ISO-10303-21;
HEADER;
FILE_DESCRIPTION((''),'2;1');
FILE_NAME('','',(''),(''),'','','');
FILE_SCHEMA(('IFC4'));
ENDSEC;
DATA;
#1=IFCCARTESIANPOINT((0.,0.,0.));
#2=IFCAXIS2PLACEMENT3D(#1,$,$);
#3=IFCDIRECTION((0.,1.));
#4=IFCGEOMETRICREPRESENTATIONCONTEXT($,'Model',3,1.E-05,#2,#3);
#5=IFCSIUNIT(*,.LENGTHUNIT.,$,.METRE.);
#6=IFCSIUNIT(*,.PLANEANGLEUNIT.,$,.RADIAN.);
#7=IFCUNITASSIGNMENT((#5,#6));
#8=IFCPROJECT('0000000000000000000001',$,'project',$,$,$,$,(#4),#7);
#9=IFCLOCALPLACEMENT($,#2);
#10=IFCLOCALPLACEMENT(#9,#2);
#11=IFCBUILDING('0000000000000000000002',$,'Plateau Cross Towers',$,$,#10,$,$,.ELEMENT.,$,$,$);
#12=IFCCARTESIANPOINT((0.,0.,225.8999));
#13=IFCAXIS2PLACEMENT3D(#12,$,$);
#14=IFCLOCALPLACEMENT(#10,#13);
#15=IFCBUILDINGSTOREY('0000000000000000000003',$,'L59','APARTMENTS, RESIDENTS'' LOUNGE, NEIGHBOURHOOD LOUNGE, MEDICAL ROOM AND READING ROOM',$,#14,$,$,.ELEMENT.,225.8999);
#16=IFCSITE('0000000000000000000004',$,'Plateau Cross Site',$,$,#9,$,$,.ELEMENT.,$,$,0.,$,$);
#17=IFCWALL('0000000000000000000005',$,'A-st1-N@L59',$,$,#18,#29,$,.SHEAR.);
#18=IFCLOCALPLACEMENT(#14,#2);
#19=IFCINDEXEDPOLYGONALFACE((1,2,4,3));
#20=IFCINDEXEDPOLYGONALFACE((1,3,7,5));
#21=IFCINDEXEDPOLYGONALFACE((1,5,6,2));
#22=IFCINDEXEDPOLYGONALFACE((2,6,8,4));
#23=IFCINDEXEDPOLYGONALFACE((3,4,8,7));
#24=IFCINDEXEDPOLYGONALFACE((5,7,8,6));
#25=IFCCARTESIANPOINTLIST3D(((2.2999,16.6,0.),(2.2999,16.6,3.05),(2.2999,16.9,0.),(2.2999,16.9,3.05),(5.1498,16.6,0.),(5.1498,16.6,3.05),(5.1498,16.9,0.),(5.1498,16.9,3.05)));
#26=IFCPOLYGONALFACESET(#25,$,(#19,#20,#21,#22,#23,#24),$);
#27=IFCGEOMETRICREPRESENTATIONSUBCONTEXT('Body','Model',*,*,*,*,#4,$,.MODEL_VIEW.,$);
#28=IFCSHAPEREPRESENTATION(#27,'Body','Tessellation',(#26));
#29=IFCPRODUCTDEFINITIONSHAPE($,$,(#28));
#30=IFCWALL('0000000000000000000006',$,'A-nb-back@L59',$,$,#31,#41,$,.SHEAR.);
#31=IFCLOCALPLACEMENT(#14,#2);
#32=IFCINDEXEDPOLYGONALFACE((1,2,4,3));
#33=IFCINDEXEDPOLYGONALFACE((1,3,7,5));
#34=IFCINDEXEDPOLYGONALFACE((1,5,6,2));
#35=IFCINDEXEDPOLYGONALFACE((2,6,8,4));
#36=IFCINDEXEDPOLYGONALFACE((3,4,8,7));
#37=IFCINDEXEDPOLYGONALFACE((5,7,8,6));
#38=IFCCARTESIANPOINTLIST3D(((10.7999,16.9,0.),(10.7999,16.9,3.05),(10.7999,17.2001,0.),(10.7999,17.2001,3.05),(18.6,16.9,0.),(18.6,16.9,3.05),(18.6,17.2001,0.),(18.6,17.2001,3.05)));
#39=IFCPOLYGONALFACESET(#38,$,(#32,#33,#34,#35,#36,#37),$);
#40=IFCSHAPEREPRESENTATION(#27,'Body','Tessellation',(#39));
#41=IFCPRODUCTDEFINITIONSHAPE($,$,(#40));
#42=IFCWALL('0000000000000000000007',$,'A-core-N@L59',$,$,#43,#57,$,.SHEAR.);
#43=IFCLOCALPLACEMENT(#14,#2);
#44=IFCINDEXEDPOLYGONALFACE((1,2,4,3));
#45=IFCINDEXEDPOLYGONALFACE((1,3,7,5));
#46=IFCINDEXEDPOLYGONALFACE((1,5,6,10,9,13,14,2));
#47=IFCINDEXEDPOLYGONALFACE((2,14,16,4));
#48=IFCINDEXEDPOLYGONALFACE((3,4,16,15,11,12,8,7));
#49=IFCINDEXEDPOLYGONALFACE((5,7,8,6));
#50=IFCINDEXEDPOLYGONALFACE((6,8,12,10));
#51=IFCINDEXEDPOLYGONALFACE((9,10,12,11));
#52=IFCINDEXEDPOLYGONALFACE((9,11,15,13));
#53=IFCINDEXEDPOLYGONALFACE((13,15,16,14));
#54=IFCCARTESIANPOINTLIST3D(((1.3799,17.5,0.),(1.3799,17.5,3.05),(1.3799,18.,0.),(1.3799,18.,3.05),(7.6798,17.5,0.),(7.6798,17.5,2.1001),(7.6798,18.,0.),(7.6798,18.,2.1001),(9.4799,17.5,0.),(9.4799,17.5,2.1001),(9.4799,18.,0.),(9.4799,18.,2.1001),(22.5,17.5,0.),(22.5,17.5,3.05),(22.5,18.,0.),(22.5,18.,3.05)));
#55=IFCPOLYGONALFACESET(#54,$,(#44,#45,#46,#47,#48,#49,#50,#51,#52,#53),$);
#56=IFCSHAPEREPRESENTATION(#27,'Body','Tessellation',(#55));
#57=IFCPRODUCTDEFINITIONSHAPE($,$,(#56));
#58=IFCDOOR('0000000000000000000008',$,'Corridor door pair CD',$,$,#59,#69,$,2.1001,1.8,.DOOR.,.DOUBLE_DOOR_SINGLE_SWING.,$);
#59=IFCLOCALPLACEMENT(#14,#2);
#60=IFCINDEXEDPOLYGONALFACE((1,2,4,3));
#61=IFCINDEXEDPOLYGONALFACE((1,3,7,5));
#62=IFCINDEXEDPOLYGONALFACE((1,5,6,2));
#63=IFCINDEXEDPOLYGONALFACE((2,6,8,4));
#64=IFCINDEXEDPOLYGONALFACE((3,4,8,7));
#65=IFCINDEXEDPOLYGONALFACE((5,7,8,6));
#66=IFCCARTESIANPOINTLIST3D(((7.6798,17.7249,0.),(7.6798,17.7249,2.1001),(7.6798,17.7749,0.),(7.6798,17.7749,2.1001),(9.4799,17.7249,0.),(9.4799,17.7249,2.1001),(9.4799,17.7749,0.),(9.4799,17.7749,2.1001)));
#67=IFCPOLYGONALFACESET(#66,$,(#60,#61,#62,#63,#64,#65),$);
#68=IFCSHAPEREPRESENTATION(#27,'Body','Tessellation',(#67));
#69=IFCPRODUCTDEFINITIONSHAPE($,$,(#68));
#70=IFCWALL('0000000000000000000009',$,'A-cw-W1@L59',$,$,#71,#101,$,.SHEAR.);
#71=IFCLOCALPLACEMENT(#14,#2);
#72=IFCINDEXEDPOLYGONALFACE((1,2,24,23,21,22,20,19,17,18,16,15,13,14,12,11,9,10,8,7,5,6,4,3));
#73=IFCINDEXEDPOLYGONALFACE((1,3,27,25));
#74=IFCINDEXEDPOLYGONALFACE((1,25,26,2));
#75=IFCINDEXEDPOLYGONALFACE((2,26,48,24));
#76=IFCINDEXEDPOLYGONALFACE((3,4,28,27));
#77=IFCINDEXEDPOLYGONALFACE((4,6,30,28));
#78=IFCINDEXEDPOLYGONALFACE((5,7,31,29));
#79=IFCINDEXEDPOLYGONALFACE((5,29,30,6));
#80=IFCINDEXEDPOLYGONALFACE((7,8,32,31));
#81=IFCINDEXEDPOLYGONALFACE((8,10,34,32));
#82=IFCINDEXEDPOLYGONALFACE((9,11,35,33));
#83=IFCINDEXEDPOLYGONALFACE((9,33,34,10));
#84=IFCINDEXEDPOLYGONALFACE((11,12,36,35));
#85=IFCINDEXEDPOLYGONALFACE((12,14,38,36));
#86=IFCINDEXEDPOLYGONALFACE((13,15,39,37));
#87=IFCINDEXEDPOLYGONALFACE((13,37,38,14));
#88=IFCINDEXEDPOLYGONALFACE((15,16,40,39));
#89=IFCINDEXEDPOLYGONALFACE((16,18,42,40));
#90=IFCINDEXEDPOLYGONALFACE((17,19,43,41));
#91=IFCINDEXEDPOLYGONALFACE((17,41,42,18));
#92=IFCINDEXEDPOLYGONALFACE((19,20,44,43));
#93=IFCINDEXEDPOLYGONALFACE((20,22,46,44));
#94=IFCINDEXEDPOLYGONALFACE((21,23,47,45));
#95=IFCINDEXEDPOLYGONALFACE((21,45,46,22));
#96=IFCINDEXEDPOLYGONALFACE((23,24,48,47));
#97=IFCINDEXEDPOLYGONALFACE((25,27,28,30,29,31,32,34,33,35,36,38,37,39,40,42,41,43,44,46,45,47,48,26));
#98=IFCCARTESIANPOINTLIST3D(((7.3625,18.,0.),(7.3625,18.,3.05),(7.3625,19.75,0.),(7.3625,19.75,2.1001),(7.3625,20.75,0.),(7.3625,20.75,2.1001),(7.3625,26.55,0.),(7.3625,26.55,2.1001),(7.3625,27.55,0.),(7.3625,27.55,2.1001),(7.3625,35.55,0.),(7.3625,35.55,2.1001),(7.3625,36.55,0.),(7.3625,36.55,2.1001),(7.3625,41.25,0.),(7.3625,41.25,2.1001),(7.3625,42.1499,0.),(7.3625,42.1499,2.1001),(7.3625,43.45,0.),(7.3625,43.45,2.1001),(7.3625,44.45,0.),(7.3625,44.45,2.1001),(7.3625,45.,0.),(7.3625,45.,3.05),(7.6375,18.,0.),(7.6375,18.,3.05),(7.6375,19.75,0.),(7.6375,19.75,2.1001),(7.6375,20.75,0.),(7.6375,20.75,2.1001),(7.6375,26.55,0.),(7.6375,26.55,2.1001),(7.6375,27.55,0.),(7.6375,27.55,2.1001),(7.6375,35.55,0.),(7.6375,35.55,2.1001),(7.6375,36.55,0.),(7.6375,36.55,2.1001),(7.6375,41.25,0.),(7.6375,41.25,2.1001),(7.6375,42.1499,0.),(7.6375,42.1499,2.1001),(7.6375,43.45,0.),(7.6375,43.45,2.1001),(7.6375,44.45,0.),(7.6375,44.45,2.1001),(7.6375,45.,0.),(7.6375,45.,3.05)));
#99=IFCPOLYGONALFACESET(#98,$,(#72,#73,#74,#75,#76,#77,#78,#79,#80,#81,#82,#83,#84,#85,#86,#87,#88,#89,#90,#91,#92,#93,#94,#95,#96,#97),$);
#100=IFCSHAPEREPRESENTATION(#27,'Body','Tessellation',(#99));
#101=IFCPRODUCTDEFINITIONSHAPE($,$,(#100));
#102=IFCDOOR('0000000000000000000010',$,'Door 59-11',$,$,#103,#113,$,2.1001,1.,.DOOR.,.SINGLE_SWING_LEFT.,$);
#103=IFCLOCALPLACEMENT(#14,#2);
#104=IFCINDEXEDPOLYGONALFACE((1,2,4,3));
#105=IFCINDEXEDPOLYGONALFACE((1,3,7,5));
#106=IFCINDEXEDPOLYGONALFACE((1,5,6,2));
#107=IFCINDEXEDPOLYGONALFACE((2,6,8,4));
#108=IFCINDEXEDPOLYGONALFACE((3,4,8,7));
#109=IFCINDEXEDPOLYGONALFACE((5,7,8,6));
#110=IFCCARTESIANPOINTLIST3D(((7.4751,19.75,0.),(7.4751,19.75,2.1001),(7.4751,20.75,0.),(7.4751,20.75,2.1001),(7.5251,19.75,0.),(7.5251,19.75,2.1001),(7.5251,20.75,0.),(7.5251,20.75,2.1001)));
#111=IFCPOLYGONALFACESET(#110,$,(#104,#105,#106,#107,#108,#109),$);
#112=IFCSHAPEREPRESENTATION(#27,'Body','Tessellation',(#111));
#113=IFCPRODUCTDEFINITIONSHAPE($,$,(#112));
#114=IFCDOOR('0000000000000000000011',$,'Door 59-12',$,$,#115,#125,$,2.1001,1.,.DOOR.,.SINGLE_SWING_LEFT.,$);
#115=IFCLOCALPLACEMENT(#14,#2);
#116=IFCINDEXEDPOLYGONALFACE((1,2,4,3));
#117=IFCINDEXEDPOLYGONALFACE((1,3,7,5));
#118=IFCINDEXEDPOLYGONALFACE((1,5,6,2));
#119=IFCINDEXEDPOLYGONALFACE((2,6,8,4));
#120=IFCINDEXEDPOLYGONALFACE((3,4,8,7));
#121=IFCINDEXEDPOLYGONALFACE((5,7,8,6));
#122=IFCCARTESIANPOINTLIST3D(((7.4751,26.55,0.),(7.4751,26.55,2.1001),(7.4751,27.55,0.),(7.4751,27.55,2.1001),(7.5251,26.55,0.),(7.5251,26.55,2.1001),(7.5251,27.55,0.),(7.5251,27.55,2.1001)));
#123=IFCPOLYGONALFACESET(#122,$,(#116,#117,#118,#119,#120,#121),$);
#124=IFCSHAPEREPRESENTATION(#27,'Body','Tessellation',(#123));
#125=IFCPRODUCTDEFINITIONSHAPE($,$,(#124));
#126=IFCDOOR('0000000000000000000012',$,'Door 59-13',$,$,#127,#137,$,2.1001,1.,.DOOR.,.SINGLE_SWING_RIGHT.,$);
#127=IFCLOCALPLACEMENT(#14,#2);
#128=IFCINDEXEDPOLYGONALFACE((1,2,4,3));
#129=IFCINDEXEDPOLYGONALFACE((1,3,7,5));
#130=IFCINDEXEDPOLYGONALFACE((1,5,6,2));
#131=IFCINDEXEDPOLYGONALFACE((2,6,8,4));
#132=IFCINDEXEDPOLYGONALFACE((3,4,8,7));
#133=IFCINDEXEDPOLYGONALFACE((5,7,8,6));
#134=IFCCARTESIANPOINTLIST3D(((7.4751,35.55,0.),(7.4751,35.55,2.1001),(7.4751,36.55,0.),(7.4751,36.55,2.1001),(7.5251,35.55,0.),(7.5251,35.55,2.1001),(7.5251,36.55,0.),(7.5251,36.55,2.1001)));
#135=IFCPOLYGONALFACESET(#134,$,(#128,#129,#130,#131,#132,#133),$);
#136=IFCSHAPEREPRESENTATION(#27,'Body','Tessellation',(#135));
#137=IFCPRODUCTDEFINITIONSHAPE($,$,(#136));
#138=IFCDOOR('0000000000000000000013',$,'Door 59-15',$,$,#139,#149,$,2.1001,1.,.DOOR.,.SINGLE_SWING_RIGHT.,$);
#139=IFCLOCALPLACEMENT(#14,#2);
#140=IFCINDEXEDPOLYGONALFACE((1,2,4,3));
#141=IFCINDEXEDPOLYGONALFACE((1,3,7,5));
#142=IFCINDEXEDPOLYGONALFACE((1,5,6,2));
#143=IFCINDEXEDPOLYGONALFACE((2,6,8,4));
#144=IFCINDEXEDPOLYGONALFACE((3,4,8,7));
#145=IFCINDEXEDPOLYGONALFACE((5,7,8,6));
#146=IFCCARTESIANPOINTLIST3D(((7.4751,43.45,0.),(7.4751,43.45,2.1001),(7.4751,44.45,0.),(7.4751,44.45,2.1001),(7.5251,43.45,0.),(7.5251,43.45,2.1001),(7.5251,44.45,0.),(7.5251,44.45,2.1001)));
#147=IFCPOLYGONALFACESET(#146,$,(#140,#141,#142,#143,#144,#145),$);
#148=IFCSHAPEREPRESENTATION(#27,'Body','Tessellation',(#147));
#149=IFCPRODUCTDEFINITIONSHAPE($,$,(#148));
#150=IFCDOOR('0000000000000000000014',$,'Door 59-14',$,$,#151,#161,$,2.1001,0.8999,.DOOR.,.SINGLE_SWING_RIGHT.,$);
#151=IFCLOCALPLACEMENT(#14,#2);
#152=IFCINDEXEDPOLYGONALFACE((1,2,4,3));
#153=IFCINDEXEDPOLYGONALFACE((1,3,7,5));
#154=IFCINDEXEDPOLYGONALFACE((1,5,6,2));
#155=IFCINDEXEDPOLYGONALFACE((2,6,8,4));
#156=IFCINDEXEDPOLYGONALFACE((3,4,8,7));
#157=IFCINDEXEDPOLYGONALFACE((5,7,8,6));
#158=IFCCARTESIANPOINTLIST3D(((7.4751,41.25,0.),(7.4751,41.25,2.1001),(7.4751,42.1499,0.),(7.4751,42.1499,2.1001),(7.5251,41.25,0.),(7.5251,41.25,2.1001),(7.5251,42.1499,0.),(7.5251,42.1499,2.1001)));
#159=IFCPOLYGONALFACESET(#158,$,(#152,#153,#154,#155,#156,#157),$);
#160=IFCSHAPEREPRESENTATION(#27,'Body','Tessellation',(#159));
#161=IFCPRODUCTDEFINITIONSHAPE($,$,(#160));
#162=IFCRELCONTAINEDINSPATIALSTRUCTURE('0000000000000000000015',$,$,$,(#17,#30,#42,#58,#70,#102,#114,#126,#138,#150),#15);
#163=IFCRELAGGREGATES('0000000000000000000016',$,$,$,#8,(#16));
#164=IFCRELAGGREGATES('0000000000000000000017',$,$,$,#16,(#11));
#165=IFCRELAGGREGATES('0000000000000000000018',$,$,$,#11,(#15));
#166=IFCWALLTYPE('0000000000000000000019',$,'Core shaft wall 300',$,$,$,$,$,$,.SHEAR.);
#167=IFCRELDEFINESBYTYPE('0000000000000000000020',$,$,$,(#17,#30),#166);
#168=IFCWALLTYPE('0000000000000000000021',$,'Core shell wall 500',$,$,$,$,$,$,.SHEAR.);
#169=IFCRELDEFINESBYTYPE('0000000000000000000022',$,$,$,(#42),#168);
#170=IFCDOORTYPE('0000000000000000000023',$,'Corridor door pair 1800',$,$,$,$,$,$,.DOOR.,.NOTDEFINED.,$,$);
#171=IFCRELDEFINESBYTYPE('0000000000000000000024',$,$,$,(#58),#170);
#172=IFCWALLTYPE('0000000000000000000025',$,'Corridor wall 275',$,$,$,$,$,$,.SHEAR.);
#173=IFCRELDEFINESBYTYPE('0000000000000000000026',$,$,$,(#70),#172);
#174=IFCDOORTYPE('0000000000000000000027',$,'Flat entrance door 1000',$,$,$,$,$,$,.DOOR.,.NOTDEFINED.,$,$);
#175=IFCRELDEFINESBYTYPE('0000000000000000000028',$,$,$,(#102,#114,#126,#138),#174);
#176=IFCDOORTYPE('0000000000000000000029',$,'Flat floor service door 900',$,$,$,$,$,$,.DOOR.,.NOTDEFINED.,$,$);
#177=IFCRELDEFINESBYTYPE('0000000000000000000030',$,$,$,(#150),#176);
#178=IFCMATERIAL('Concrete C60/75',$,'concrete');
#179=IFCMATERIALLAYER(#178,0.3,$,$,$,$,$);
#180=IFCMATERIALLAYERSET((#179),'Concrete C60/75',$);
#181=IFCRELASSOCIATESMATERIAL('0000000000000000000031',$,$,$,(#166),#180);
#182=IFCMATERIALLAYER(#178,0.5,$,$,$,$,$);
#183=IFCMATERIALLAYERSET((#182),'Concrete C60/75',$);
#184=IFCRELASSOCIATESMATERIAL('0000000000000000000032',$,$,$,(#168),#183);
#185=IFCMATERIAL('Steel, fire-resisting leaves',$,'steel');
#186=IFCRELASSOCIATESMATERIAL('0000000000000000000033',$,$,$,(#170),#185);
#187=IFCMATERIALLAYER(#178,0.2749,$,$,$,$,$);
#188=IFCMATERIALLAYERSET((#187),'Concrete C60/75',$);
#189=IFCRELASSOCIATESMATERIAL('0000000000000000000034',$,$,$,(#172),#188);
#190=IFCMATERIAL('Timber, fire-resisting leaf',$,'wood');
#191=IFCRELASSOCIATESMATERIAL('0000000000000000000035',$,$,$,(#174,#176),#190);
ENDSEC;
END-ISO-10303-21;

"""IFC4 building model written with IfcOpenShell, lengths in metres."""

from ifc_helpers import new_model, si_unit, direction, frame, frame_2d, origin, place, context, subcontext, project, spatial, rectangle, extrude, material, layer, layer_set, type_object, element, fill, save


model = new_model("IFC4")

# Units and contexts
model_context = context("Model", 3, precision=1e-05, world=origin(), true_north=direction((0.0, 1.0)))
body_context = subcontext(model_context, "Body", "Model", "MODEL_VIEW")
ifc_project = project(units=[si_unit("LENGTHUNIT", "METRE"), si_unit("PLANEANGLEUNIT", "RADIAN")], contexts=[model_context])

# Site, building, storey
site_placement = place(None, origin())
site = spatial("IfcSite", under=ifc_project, at=site_placement, Name="Plateau Cross Site", CompositionType="ELEMENT", RefElevation=0.0)
building_placement = place(site_placement, origin())
building = spatial("IfcBuilding", under=site, at=building_placement, Name="Plateau Cross Towers", CompositionType="ELEMENT")
storey_placement = place(building_placement, frame((0.0, 0.0, 225.8999)))
storey = spatial("IfcBuildingStorey", under=building, at=storey_placement, Name="L59", Description="APARTMENTS, RESIDENTS' LOUNGE, NEIGHBOURHOOD LOUNGE, MEDICAL ROOM AND READING ROOM", CompositionType="ELEMENT", Elevation=225.8999)

# Walls
ifc_material_1 = material(Name="Concrete C60/75", Category="concrete")
ifc_layer_1 = layer(ifc_material_1, 0.3)
ifc_layer_set_1 = layer_set([ifc_layer_1], Name="Concrete C60/75")
wall_type_1 = type_object("IfcWallType", Name="Core shaft wall 300", PredefinedType="SHEAR", material=ifc_layer_set_1)
wall_1_placement = place(storey_placement, frame((2.3, 16.75, 0.0), z_axis=(0.0, 0.0, 1.0), x_axis=(1.0, 0.0, 0.0)))
element("IfcWall", 1, at=wall_1_placement, inside=storey, type_object=wall_type_1, Name="A-st1-N@L59", PredefinedType="SHEAR", context=body_context, shape_type="SweptSolid", body=[
    extrude(rectangle(XDim=2.8499, YDim=0.3, at=frame_2d((1.4248, 0.0))), origin(), (0.0, 0.0, 1.0), 3.05),
])
wall_2_placement = place(storey_placement, frame((10.8, 17.05, 0.0), z_axis=(0.0, 0.0, 1.0), x_axis=(1.0, 0.0, 0.0)))
element("IfcWall", 2, at=wall_2_placement, inside=storey, type_object=wall_type_1, Name="A-nb-back@L59", PredefinedType="SHEAR", context=body_context, shape_type="SweptSolid", body=[
    extrude(rectangle(XDim=7.8, YDim=0.3, at=frame_2d((3.8999, 0.0))), origin(), (0.0, 0.0, 1.0), 3.05),
])

# Wall, opening, door
ifc_layer_2 = layer(ifc_material_1, 0.5)
ifc_layer_set_2 = layer_set([ifc_layer_2], Name="Concrete C60/75")
wall_type_2 = type_object("IfcWallType", Name="Core shell wall 500", PredefinedType="SHEAR", material=ifc_layer_set_2)
wall_3_placement = place(storey_placement, frame((1.3799, 17.75, 0.0), z_axis=(0.0, 0.0, 1.0), x_axis=(1.0, 0.0, 0.0)))
wall_3 = element("IfcWall", 3, at=wall_3_placement, inside=storey, type_object=wall_type_2, Name="A-core-N@L59", PredefinedType="SHEAR", context=body_context, shape_type="SweptSolid", body=[
    extrude(rectangle(XDim=21.1201, YDim=0.5, at=frame_2d((10.5601, 0.0))), origin(), (0.0, 0.0, 1.0), 3.05),
])
opening_1_placement = place(wall_3_placement, frame((6.3, 0.0, 0.0)))
opening_1 = element("IfcOpeningElement", 4, at=opening_1_placement, cuts=wall_3, PredefinedType="OPENING", context=body_context, shape_type="SweptSolid", body=[
    extrude(rectangle(XDim=1.8, YDim=2.1001, at=frame_2d((0.8999, 1.05))), frame((0.0, 0.26, 0.0), z_axis=(0.0, -1.0, 0.0), x_axis=(1.0, 0.0, 0.0)), (0.0, 0.0, 1.0), 0.52),
])
ifc_material_2 = material(Name="Steel, fire-resisting leaves", Category="steel")
door_type_1 = type_object("IfcDoorType", Name="Corridor door pair 1800", OperationType="NOTDEFINED", PredefinedType="DOOR", material=ifc_material_2)
door_1_placement = place(opening_1_placement, origin())
door_1 = element("IfcDoor", 5, at=door_1_placement, inside=storey, type_object=door_type_1, Name="Corridor door pair CD", OperationType="DOUBLE_DOOR_SINGLE_SWING", OverallHeight=2.1001, OverallWidth=1.8, PredefinedType="DOOR", context=body_context, shape_type="SweptSolid", body=[
    extrude(rectangle(XDim=1.8, YDim=2.1001, at=frame_2d((0.8999, 1.05))), frame((0.0, 0.0249, 0.0), z_axis=(0.0, -1.0, 0.0), x_axis=(1.0, 0.0, 0.0)), (0.0, 0.0, 1.0), 0.05),
])
fill(opening_1, door_1)

# Wall, openings, doors
ifc_layer_3 = layer(ifc_material_1, 0.2749)
ifc_layer_set_3 = layer_set([ifc_layer_3], Name="Concrete C60/75")
wall_type_3 = type_object("IfcWallType", Name="Corridor wall 275", PredefinedType="SHEAR", material=ifc_layer_set_3)
wall_4_placement = place(storey_placement, frame((7.5, 18.0, 0.0), z_axis=(0.0, 0.0, 1.0), x_axis=(0.0, 1.0, 0.0)))
wall_4 = element("IfcWall", 6, at=wall_4_placement, inside=storey, type_object=wall_type_3, Name="A-cw-W1@L59", PredefinedType="SHEAR", context=body_context, shape_type="SweptSolid", body=[
    extrude(rectangle(XDim=27.0, YDim=0.2749, at=frame_2d((13.5, 0.0))), origin(), (0.0, 0.0, 1.0), 3.05),
])
opening_2_placement = place(wall_4_placement, frame((1.75, 0.0, 0.0)))
opening_2 = element("IfcOpeningElement", 7, at=opening_2_placement, cuts=wall_4, PredefinedType="OPENING", context=body_context, shape_type="SweptSolid", body=[
    extrude(rectangle(XDim=1.0, YDim=2.1001, at=frame_2d((0.5, 1.05))), frame((0.0, 0.1475, 0.0), z_axis=(0.0, -1.0, 0.0), x_axis=(1.0, 0.0, 0.0)), (0.0, 0.0, 1.0), 0.2949),
])
opening_3_placement = place(wall_4_placement, frame((8.55, 0.0, 0.0)))
opening_3 = element("IfcOpeningElement", 8, at=opening_3_placement, cuts=wall_4, PredefinedType="OPENING", context=body_context, shape_type="SweptSolid", body=[
    extrude(rectangle(XDim=1.0, YDim=2.1001, at=frame_2d((0.5, 1.05))), frame((0.0, 0.1475, 0.0), z_axis=(0.0, -1.0, 0.0), x_axis=(1.0, 0.0, 0.0)), (0.0, 0.0, 1.0), 0.2949),
])
opening_4_placement = place(wall_4_placement, frame((17.55, 0.0, 0.0)))
opening_4 = element("IfcOpeningElement", 9, at=opening_4_placement, cuts=wall_4, PredefinedType="OPENING", context=body_context, shape_type="SweptSolid", body=[
    extrude(rectangle(XDim=1.0, YDim=2.1001, at=frame_2d((0.5, 1.05))), frame((0.0, 0.1475, 0.0), z_axis=(0.0, -1.0, 0.0), x_axis=(1.0, 0.0, 0.0)), (0.0, 0.0, 1.0), 0.2949),
])
opening_5_placement = place(wall_4_placement, frame((23.25, 0.0, 0.0)))
opening_5 = element("IfcOpeningElement", 10, at=opening_5_placement, cuts=wall_4, PredefinedType="OPENING", context=body_context, shape_type="SweptSolid", body=[
    extrude(rectangle(XDim=0.8999, YDim=2.1001, at=frame_2d((0.45, 1.05))), frame((0.0, 0.1475, 0.0), z_axis=(0.0, -1.0, 0.0), x_axis=(1.0, 0.0, 0.0)), (0.0, 0.0, 1.0), 0.2949),
])
opening_6_placement = place(wall_4_placement, frame((25.45, 0.0, 0.0)))
opening_6 = element("IfcOpeningElement", 11, at=opening_6_placement, cuts=wall_4, PredefinedType="OPENING", context=body_context, shape_type="SweptSolid", body=[
    extrude(rectangle(XDim=1.0, YDim=2.1001, at=frame_2d((0.5, 1.05))), frame((0.0, 0.1475, 0.0), z_axis=(0.0, -1.0, 0.0), x_axis=(1.0, 0.0, 0.0)), (0.0, 0.0, 1.0), 0.2949),
])
ifc_material_3 = material(Name="Timber, fire-resisting leaf", Category="wood")
door_type_2 = type_object("IfcDoorType", Name="Flat entrance door 1000", OperationType="NOTDEFINED", PredefinedType="DOOR", material=ifc_material_3)
door_2_placement = place(opening_2_placement, origin())
door_2 = element("IfcDoor", 12, at=door_2_placement, inside=storey, type_object=door_type_2, Name="Door 59-11", OperationType="SINGLE_SWING_LEFT", OverallHeight=2.1001, OverallWidth=1.0, PredefinedType="DOOR", context=body_context, shape_type="SweptSolid", body=[
    extrude(rectangle(XDim=1.0, YDim=2.1001, at=frame_2d((0.5, 1.05))), frame((0.0, 0.0249, 0.0), z_axis=(0.0, -1.0, 0.0), x_axis=(1.0, 0.0, 0.0)), (0.0, 0.0, 1.0), 0.05),
])
fill(opening_2, door_2)
door_3_placement = place(opening_3_placement, origin())
door_3 = element("IfcDoor", 13, at=door_3_placement, inside=storey, type_object=door_type_2, Name="Door 59-12", OperationType="SINGLE_SWING_LEFT", OverallHeight=2.1001, OverallWidth=1.0, PredefinedType="DOOR", context=body_context, shape_type="SweptSolid", body=[
    extrude(rectangle(XDim=1.0, YDim=2.1001, at=frame_2d((0.5, 1.05))), frame((0.0, 0.0249, 0.0), z_axis=(0.0, -1.0, 0.0), x_axis=(1.0, 0.0, 0.0)), (0.0, 0.0, 1.0), 0.05),
])
fill(opening_3, door_3)
door_4_placement = place(opening_4_placement, origin())
door_4 = element("IfcDoor", 14, at=door_4_placement, inside=storey, type_object=door_type_2, Name="Door 59-13", OperationType="SINGLE_SWING_RIGHT", OverallHeight=2.1001, OverallWidth=1.0, PredefinedType="DOOR", context=body_context, shape_type="SweptSolid", body=[
    extrude(rectangle(XDim=1.0, YDim=2.1001, at=frame_2d((0.5, 1.05))), frame((0.0, 0.0249, 0.0), z_axis=(0.0, -1.0, 0.0), x_axis=(1.0, 0.0, 0.0)), (0.0, 0.0, 1.0), 0.05),
])
fill(opening_4, door_4)
door_5_placement = place(opening_6_placement, origin())
door_5 = element("IfcDoor", 15, at=door_5_placement, inside=storey, type_object=door_type_2, Name="Door 59-15", OperationType="SINGLE_SWING_RIGHT", OverallHeight=2.1001, OverallWidth=1.0, PredefinedType="DOOR", context=body_context, shape_type="SweptSolid", body=[
    extrude(rectangle(XDim=1.0, YDim=2.1001, at=frame_2d((0.5, 1.05))), frame((0.0, 0.0249, 0.0), z_axis=(0.0, -1.0, 0.0), x_axis=(1.0, 0.0, 0.0)), (0.0, 0.0, 1.0), 0.05),
])
fill(opening_6, door_5)
door_type_3 = type_object("IfcDoorType", Name="Flat floor service door 900", OperationType="NOTDEFINED", PredefinedType="DOOR", material=ifc_material_3)
door_6_placement = place(opening_5_placement, origin())
door_6 = element("IfcDoor", 16, at=door_6_placement, inside=storey, type_object=door_type_3, Name="Door 59-14", OperationType="SINGLE_SWING_RIGHT", OverallHeight=2.1001, OverallWidth=0.8999, PredefinedType="DOOR", context=body_context, shape_type="SweptSolid", body=[
    extrude(rectangle(XDim=0.8999, YDim=2.1001, at=frame_2d((0.45, 1.05))), frame((0.0, 0.0249, 0.0), z_axis=(0.0, -1.0, 0.0), x_axis=(1.0, 0.0, 0.0)), (0.0, 0.0, 1.0), 0.05),
])
fill(opening_5, door_6)

save(model, "model.ifc")
